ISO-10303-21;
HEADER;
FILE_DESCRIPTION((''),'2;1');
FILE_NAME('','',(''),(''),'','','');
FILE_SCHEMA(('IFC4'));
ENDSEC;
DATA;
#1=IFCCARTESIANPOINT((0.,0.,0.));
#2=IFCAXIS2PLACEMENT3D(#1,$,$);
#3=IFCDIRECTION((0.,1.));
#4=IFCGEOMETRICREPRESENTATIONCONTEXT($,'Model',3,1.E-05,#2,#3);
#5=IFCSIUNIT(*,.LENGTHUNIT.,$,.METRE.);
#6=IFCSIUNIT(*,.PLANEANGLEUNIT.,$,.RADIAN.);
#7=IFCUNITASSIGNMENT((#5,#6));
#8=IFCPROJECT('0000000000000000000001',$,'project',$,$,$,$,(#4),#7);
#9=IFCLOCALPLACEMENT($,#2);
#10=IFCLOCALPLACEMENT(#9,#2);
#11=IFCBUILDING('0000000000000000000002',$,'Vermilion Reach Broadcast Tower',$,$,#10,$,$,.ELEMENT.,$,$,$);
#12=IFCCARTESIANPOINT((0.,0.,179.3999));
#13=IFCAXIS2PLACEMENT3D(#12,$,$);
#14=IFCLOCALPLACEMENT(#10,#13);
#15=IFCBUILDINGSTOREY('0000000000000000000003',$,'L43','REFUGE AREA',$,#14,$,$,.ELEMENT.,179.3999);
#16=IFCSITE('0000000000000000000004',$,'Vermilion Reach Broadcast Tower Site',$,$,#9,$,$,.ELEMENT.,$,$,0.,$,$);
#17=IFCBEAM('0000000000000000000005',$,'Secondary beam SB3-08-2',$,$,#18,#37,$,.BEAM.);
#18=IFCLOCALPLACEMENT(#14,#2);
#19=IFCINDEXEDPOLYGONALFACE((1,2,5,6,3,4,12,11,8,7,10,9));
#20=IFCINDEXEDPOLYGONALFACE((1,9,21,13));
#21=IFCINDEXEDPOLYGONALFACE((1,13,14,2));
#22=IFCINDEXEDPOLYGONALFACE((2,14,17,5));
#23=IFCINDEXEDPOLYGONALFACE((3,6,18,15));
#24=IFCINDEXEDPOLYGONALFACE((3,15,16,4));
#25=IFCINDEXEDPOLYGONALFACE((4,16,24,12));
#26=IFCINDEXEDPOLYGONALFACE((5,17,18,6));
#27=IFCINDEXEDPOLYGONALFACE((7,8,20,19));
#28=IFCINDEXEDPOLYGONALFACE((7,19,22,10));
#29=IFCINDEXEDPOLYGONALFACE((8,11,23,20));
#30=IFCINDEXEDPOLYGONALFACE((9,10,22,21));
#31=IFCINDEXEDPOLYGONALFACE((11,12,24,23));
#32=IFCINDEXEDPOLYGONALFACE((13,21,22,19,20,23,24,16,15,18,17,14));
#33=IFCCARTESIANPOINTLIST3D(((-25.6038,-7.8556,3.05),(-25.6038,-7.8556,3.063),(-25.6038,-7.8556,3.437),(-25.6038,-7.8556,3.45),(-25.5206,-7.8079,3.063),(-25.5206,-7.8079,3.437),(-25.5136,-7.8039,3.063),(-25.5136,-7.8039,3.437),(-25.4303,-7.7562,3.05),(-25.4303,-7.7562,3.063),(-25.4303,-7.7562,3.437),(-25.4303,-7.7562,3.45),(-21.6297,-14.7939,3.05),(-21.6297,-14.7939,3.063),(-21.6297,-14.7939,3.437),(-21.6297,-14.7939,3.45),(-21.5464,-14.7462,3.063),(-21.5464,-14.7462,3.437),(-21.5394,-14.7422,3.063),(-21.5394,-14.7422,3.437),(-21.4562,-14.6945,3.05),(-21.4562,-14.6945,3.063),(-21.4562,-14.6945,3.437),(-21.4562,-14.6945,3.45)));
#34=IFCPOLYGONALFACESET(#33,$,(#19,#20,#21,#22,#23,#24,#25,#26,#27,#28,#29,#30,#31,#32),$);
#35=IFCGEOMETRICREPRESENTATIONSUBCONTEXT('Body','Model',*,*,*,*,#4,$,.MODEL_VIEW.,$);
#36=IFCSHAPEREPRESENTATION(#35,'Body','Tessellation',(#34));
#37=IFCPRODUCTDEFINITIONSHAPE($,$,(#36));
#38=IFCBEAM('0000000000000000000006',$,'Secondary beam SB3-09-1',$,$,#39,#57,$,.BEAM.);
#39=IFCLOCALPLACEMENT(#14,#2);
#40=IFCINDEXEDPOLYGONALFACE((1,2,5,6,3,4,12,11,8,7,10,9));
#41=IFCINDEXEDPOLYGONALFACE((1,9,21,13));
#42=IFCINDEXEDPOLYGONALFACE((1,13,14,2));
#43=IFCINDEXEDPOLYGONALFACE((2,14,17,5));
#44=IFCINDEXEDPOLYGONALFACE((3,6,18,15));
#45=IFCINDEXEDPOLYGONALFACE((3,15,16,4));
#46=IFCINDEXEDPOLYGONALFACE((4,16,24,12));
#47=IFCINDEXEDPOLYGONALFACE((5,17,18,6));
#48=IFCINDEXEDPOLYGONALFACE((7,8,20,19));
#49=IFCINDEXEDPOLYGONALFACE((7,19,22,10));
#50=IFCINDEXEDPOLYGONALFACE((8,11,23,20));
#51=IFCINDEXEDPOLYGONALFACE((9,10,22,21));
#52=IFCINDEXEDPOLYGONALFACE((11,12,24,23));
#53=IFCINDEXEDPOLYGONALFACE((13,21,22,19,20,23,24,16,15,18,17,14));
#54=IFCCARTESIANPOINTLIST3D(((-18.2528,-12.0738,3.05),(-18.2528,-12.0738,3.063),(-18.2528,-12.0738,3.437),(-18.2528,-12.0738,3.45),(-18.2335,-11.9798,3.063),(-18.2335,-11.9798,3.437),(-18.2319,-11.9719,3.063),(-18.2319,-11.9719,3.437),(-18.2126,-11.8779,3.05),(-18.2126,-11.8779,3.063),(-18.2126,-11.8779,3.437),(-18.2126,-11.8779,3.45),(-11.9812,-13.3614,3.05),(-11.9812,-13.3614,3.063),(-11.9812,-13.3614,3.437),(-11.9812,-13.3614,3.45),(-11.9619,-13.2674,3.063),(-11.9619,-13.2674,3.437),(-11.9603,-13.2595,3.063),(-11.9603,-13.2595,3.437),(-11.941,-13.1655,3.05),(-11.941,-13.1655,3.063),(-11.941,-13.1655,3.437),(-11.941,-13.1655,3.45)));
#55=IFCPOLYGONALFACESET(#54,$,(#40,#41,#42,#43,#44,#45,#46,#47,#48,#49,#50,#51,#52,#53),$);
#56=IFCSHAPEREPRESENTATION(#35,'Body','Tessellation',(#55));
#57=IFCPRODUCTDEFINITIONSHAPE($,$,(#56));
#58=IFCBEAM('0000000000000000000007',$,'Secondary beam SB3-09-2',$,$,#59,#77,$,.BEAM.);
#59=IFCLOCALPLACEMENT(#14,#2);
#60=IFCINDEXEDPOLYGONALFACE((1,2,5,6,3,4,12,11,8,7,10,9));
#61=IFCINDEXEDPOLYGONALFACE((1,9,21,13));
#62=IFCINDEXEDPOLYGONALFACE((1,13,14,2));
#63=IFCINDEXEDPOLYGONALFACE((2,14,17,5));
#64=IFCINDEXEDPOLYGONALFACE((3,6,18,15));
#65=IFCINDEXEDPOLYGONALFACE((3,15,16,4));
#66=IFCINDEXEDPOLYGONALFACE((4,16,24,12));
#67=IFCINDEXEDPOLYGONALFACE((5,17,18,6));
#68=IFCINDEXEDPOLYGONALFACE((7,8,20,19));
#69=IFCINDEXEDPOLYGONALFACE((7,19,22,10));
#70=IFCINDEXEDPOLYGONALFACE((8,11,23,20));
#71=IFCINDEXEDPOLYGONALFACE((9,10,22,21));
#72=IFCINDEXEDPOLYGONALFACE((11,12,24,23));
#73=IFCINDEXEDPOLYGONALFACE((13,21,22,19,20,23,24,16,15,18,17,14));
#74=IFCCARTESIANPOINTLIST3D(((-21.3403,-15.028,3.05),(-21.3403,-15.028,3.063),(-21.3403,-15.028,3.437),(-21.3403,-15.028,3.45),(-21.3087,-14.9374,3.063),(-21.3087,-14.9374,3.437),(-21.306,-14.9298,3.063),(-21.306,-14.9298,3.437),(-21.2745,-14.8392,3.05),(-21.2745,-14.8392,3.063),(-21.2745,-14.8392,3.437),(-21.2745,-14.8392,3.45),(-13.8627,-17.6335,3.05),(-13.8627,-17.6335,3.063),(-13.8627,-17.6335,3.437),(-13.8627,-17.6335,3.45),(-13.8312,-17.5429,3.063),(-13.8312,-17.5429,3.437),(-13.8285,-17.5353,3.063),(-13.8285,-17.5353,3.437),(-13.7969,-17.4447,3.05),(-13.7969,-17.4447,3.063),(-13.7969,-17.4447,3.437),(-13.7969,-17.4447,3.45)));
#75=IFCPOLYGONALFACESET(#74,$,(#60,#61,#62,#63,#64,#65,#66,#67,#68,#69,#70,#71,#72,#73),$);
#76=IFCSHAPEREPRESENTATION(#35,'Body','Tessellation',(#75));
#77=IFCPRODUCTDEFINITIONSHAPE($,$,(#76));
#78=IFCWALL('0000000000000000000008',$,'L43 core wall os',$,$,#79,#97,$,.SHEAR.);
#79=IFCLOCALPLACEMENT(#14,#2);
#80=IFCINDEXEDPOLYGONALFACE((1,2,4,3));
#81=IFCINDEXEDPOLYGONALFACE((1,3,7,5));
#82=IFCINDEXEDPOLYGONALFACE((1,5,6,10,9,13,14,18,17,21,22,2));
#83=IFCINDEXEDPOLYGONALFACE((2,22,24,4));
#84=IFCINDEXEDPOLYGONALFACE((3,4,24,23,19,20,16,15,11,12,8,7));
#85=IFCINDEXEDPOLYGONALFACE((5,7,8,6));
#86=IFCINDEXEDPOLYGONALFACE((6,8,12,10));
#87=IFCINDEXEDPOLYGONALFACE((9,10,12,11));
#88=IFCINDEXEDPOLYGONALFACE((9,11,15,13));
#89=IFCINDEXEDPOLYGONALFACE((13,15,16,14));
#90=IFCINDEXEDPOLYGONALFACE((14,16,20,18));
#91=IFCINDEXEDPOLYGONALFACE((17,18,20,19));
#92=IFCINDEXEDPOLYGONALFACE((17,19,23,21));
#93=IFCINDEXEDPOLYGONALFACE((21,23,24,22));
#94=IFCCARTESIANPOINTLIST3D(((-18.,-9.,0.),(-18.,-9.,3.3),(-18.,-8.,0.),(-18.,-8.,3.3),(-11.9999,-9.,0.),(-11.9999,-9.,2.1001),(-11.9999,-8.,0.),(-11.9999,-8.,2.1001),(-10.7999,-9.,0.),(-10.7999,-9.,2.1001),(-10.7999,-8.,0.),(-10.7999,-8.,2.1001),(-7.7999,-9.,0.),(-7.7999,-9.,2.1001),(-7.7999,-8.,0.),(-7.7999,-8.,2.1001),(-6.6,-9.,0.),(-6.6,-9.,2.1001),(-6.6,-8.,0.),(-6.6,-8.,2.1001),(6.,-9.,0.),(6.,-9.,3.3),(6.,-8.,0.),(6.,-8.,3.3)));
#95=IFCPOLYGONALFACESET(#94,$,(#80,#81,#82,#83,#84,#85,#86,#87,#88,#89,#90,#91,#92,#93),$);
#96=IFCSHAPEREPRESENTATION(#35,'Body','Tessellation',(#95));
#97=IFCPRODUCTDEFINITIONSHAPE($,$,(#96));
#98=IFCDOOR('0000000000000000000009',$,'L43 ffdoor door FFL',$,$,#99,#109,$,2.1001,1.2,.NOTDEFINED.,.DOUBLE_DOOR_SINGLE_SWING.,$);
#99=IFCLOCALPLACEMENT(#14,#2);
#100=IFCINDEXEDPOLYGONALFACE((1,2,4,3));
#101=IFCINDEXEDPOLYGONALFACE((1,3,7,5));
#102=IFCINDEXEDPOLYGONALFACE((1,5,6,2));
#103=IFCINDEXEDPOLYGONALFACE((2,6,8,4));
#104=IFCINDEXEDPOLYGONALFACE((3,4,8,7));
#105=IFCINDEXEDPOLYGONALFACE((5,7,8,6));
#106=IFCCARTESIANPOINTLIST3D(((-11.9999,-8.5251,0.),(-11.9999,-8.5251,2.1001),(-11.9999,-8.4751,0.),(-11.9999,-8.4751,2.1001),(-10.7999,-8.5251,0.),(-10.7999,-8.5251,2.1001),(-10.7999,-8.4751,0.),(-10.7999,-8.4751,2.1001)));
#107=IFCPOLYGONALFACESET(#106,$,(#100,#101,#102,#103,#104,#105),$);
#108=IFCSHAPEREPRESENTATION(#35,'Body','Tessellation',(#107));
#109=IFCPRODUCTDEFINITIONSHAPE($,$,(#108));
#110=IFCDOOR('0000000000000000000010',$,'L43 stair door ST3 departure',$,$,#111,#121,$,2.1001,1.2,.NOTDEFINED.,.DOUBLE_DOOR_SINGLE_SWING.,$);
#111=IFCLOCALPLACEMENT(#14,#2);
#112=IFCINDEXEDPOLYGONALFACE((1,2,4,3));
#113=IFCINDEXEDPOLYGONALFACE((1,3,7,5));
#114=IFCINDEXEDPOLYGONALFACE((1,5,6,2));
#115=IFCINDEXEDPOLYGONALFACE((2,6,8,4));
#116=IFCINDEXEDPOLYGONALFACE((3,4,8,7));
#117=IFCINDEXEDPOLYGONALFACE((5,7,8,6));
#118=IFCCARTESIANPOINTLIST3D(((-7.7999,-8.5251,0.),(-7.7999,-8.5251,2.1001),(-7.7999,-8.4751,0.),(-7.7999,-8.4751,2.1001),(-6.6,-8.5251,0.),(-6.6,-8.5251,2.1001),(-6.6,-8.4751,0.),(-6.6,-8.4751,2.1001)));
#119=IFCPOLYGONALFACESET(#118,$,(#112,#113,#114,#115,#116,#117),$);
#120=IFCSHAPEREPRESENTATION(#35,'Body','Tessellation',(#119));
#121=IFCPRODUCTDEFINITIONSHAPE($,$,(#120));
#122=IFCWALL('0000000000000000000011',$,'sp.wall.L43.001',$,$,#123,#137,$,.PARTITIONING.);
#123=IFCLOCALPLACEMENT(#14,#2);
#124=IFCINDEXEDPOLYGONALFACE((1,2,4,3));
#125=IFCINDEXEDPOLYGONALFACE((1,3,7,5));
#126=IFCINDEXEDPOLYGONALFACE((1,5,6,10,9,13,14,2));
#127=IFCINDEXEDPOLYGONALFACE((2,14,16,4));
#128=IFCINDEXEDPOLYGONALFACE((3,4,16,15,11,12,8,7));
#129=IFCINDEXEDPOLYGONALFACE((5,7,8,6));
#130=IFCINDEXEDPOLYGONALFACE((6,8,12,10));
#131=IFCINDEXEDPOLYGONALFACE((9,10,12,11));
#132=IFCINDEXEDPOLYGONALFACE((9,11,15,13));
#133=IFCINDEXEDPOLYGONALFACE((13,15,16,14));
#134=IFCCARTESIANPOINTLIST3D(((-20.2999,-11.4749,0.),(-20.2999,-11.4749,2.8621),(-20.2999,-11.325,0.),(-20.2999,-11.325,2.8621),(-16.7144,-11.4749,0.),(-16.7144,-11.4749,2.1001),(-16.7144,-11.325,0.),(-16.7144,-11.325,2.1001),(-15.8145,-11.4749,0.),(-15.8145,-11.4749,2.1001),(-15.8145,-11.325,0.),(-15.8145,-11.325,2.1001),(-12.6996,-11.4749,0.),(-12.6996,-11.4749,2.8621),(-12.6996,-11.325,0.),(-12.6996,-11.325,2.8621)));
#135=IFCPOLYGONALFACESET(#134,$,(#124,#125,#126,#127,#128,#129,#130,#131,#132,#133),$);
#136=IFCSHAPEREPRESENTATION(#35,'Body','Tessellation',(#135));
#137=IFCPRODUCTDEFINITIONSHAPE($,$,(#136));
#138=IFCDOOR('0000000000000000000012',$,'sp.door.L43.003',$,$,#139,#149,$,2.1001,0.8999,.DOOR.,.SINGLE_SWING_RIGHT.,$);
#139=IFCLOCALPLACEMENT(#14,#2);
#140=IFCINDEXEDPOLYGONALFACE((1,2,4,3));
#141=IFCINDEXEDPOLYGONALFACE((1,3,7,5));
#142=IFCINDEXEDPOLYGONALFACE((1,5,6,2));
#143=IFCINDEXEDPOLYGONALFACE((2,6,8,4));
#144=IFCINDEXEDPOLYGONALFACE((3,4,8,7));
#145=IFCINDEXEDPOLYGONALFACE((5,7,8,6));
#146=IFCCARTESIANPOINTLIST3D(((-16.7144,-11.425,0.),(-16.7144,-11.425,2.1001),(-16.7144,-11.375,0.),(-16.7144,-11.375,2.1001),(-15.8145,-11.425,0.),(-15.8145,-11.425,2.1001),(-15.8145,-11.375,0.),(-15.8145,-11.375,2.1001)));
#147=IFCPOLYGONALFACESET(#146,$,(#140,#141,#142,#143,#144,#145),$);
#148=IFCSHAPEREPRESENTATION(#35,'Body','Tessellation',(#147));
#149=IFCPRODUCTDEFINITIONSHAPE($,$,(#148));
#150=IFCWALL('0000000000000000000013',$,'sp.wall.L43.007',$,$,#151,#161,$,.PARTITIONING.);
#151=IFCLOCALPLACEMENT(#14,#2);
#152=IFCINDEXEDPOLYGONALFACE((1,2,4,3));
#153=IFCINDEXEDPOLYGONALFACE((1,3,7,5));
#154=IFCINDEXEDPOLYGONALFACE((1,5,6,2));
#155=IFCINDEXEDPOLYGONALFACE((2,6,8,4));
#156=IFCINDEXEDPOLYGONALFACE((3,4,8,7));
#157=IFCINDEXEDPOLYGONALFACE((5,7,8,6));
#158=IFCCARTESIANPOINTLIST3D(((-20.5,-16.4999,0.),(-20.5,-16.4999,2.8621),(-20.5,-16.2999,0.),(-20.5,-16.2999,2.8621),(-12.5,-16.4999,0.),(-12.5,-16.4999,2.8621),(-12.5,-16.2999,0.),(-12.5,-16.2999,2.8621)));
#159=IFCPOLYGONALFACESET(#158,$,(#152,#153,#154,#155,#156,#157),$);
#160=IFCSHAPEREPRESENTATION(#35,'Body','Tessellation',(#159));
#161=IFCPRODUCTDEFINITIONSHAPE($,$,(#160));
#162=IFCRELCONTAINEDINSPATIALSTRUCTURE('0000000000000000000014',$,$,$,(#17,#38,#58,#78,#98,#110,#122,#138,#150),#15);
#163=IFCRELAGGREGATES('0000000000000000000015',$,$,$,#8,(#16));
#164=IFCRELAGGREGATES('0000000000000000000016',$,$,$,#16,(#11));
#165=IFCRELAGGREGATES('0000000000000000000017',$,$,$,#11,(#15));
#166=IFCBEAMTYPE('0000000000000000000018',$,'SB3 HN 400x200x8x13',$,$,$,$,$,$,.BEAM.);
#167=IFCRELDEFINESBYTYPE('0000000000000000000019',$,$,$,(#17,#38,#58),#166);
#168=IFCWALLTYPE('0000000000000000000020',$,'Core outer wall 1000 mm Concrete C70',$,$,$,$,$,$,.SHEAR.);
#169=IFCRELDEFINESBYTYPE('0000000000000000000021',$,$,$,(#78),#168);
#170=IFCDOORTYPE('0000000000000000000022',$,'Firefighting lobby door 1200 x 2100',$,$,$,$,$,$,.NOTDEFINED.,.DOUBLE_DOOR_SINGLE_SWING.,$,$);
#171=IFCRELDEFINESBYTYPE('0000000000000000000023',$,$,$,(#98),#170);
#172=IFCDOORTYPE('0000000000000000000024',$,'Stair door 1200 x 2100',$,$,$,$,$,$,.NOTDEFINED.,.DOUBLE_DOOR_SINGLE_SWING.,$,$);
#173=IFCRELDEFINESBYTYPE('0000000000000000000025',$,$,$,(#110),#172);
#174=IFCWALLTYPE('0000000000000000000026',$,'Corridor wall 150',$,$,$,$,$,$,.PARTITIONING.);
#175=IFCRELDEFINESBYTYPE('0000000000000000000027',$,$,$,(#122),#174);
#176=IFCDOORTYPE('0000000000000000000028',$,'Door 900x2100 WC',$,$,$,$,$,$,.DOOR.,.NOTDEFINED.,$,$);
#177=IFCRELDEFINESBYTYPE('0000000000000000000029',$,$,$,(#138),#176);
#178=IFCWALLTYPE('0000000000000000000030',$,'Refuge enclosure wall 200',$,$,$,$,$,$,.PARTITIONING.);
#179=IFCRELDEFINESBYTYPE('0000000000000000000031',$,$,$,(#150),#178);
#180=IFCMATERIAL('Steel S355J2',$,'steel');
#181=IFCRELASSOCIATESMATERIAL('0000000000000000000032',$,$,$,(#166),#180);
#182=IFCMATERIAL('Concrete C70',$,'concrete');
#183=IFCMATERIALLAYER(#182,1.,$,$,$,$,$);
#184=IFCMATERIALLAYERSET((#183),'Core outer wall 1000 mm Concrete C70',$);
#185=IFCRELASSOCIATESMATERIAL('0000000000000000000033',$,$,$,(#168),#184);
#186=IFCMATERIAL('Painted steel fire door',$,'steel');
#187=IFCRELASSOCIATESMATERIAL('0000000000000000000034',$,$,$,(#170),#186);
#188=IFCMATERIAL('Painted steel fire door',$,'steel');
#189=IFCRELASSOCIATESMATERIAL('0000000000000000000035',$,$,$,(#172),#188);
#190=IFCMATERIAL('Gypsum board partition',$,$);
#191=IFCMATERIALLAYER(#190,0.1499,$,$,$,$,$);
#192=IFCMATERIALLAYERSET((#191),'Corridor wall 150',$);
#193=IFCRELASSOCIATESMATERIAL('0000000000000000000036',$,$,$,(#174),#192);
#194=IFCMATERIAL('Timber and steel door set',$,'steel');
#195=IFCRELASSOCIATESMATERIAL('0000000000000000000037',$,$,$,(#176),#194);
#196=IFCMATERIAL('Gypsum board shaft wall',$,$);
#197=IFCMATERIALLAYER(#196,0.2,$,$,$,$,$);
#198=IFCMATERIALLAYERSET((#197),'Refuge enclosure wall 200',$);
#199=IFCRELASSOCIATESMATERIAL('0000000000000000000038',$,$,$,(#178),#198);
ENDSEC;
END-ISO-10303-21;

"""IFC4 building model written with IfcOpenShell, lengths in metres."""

from ifc_helpers import new_model, si_unit, direction, frame, frame_2d, origin, origin_2d, place, context, subcontext, project, spatial, rectangle, i_section, extrude, material, layer, layer_set, material_profile, profile_set, type_object, element, fill, save


model = new_model("IFC4")

# Units and contexts
model_context = context("Model", 3, precision=1e-05, world=origin(), true_north=direction((0.0, 1.0)))
body_context = subcontext(model_context, "Body", "Model", "MODEL_VIEW")
ifc_project = project(units=[si_unit("LENGTHUNIT", "METRE"), si_unit("PLANEANGLEUNIT", "RADIAN")], contexts=[model_context])

# Site, building, storey
site_placement = place(None, origin())
site = spatial("IfcSite", under=ifc_project, at=site_placement, Name="Vermilion Reach Broadcast Tower Site", CompositionType="ELEMENT", RefElevation=0.0)
building_placement = place(site_placement, origin())
building = spatial("IfcBuilding", under=site, at=building_placement, Name="Vermilion Reach Broadcast Tower", CompositionType="ELEMENT")
storey_placement = place(building_placement, frame((0.0, 0.0, 179.3999)))
storey = spatial("IfcBuildingStorey", under=building, at=storey_placement, Name="L43", Description="REFUGE AREA", CompositionType="ELEMENT", Elevation=179.3999)

# Beams
ifc_material_1 = material(Name="Steel S355J2", Category="steel")
ifc_material_profile_1 = material_profile(ifc_material_1, i_section(OverallWidth=0.2, OverallDepth=0.3999, WebThickness=0.0081, FlangeThickness=0.0129, at=origin_2d()), Name="S355J2 HN 400x200x8x13")
ifc_profile_set_1 = profile_set([ifc_material_profile_1], Name="Steel S355J2")
beam_type_1 = type_object("IfcBeamType", Name="SB3 HN 400x200x8x13", PredefinedType="BEAM", material=ifc_profile_set_1)
beam_1_placement = place(storey_placement, frame((-25.5171, -7.8059, 3.25), z_axis=(0.497027, -0.867735, 0.0), x_axis=(0.867735, 0.497027, 0.0)))
element("IfcBeam", 1, at=beam_1_placement, inside=storey, type_object=beam_type_1, Name="Secondary beam SB3-08-2", PredefinedType="BEAM", context=body_context, shape_type="SweptSolid", body=[
    extrude(i_section(OverallWidth=0.2, OverallDepth=0.3999, WebThickness=0.0081, FlangeThickness=0.0129, at=origin_2d()), origin(), (0.0, 0.0, 1.0), 7.9958),
])
beam_2_placement = place(storey_placement, frame((-18.2327, -11.9758, 3.25), z_axis=(0.979568, -0.201115, 0.0), x_axis=(0.201115, 0.979568, 0.0)))
element("IfcBeam", 2, at=beam_2_placement, inside=storey, type_object=beam_type_1, Name="Secondary beam SB3-09-1", PredefinedType="BEAM", context=body_context, shape_type="SweptSolid", body=[
    extrude(i_section(OverallWidth=0.2, OverallDepth=0.3999, WebThickness=0.0081, FlangeThickness=0.0129, at=origin_2d()), origin(), (0.0, 0.0, 1.0), 6.4023),
])
beam_3_placement = place(storey_placement, frame((-21.3074, -14.9336, 3.25), z_axis=(0.944317, -0.329037, 0.0), x_axis=(0.329037, 0.944317, 0.0)))
element("IfcBeam", 3, at=beam_3_placement, inside=storey, type_object=beam_type_1, Name="Secondary beam SB3-09-2", PredefinedType="BEAM", context=body_context, shape_type="SweptSolid", body=[
    extrude(i_section(OverallWidth=0.2, OverallDepth=0.3999, WebThickness=0.0081, FlangeThickness=0.0129, at=origin_2d()), origin(), (0.0, 0.0, 1.0), 7.9185),
])

# Wall, openings, doors
ifc_material_2 = material(Name="Concrete C70", Category="concrete")
ifc_layer_1 = layer(ifc_material_2, 1.0)
ifc_layer_set_1 = layer_set([ifc_layer_1], Name="Core outer wall 1000 mm Concrete C70")
wall_type_1 = type_object("IfcWallType", Name="Core outer wall 1000 mm Concrete C70", PredefinedType="SHEAR", material=ifc_layer_set_1)
wall_1_placement = place(storey_placement, frame((-18.0, -8.5, 0.0), z_axis=(0.0, 0.0, 1.0), x_axis=(1.0, 0.0, 0.0)))
wall_1 = element("IfcWall", 4, at=wall_1_placement, inside=storey, type_object=wall_type_1, Name="L43 core wall os", PredefinedType="SHEAR", context=body_context, shape_type="SweptSolid", body=[
    extrude(rectangle(XDim=24.0, YDim=1.0, at=frame_2d((12.0, 0.0))), origin(), (0.0, 0.0, 1.0), 3.3),
])
opening_1_placement = place(wall_1_placement, frame((10.2, 0.0, 0.0)))
opening_1 = element("IfcOpeningElement", 5, at=opening_1_placement, cuts=wall_1, PredefinedType="OPENING", context=body_context, shape_type="SweptSolid", body=[
    extrude(rectangle(XDim=1.2, YDim=2.1001, at=frame_2d((0.6001, 1.05))), frame((0.0, 0.51, 0.0), z_axis=(0.0, -1.0, 0.0), x_axis=(1.0, 0.0, 0.0)), (0.0, 0.0, 1.0), 1.02),
])
opening_2_placement = place(wall_1_placement, frame((6.0, 0.0, 0.0)))
opening_2 = element("IfcOpeningElement", 6, at=opening_2_placement, cuts=wall_1, PredefinedType="OPENING", context=body_context, shape_type="SweptSolid", body=[
    extrude(rectangle(XDim=1.2, YDim=2.1001, at=frame_2d((0.6001, 1.05))), frame((0.0, 0.51, 0.0), z_axis=(0.0, -1.0, 0.0), x_axis=(1.0, 0.0, 0.0)), (0.0, 0.0, 1.0), 1.02),
])
ifc_material_3 = material(Name="Painted steel fire door", Category="steel")
door_type_1 = type_object("IfcDoorType", Name="Firefighting lobby door 1200 x 2100", OperationType="DOUBLE_DOOR_SINGLE_SWING", PredefinedType="NOTDEFINED", material=ifc_material_3)
door_1_placement = place(opening_2_placement, origin())
door_1 = element("IfcDoor", 7, at=door_1_placement, inside=storey, type_object=door_type_1, Name="L43 ffdoor door FFL", OperationType="DOUBLE_DOOR_SINGLE_SWING", OverallHeight=2.1001, OverallWidth=1.2, PredefinedType="NOTDEFINED", context=body_context, shape_type="SweptSolid", body=[
    extrude(rectangle(XDim=1.2, YDim=2.1001, at=frame_2d((0.6001, 1.05))), frame((0.0, 0.0249, 0.0), z_axis=(0.0, -1.0, 0.0), x_axis=(1.0, 0.0, 0.0)), (0.0, 0.0, 1.0), 0.05),
])
fill(opening_2, door_1)
ifc_material_4 = material(Name="Painted steel fire door", Category="steel")
door_type_2 = type_object("IfcDoorType", Name="Stair door 1200 x 2100", OperationType="DOUBLE_DOOR_SINGLE_SWING", PredefinedType="NOTDEFINED", material=ifc_material_4)
door_2_placement = place(opening_1_placement, origin())
door_2 = element("IfcDoor", 8, at=door_2_placement, inside=storey, type_object=door_type_2, Name="L43 stair door ST3 departure", OperationType="DOUBLE_DOOR_SINGLE_SWING", OverallHeight=2.1001, OverallWidth=1.2, PredefinedType="NOTDEFINED", context=body_context, shape_type="SweptSolid", body=[
    extrude(rectangle(XDim=1.2, YDim=2.1001, at=frame_2d((0.6001, 1.05))), frame((0.0, 0.0249, 0.0), z_axis=(0.0, -1.0, 0.0), x_axis=(1.0, 0.0, 0.0)), (0.0, 0.0, 1.0), 0.05),
])
fill(opening_1, door_2)

# Wall, opening, door
ifc_material_5 = material(Name="Gypsum board partition")
ifc_layer_2 = layer(ifc_material_5, 0.1499)
ifc_layer_set_2 = layer_set([ifc_layer_2], Name="Corridor wall 150")
wall_type_2 = type_object("IfcWallType", Name="Corridor wall 150", PredefinedType="PARTITIONING", material=ifc_layer_set_2)
wall_2_placement = place(storey_placement, frame((-20.3, -11.3999, 0.0), z_axis=(0.0, 0.0, 1.0), x_axis=(1.0, 0.0, 0.0)))
wall_2 = element("IfcWall", 9, at=wall_2_placement, inside=storey, type_object=wall_type_2, Name="sp.wall.L43.001", PredefinedType="PARTITIONING", context=body_context, shape_type="SweptSolid", body=[
    extrude(rectangle(XDim=7.6003, YDim=0.1499, at=frame_2d((3.8003, 0.0))), origin(), (0.0, 0.0, 1.0), 2.8621),
])
opening_3_placement = place(wall_2_placement, frame((3.5857, 0.0, 0.0)))
opening_3 = element("IfcOpeningElement", 10, at=opening_3_placement, cuts=wall_2, PredefinedType="OPENING", context=body_context, shape_type="SweptSolid", body=[
    extrude(rectangle(XDim=0.8999, YDim=2.1001, at=frame_2d((0.45, 1.05))), frame((0.0, 0.085, 0.0), z_axis=(0.0, -1.0, 0.0), x_axis=(1.0, 0.0, 0.0)), (0.0, 0.0, 1.0), 0.1699),
])
ifc_material_6 = material(Name="Timber and steel door set", Category="steel")
door_type_3 = type_object("IfcDoorType", Name="Door 900x2100 WC", OperationType="NOTDEFINED", PredefinedType="DOOR", material=ifc_material_6)
door_3_placement = place(opening_3_placement, origin())
door_3 = element("IfcDoor", 11, at=door_3_placement, inside=storey, type_object=door_type_3, Name="sp.door.L43.003", OperationType="SINGLE_SWING_RIGHT", OverallHeight=2.1001, OverallWidth=0.8999, PredefinedType="DOOR", context=body_context, shape_type="SweptSolid", body=[
    extrude(rectangle(XDim=0.8999, YDim=2.1001, at=frame_2d((0.45, 1.05))), frame((0.0, 0.0249, 0.0), z_axis=(0.0, -1.0, 0.0), x_axis=(1.0, 0.0, 0.0)), (0.0, 0.0, 1.0), 0.05),
])
fill(opening_3, door_3)

# Wall
ifc_material_7 = material(Name="Gypsum board shaft wall")
ifc_layer_3 = layer(ifc_material_7, 0.2)
ifc_layer_set_3 = layer_set([ifc_layer_3], Name="Refuge enclosure wall 200")
wall_type_3 = type_object("IfcWallType", Name="Refuge enclosure wall 200", PredefinedType="PARTITIONING", material=ifc_layer_set_3)
wall_3_placement = place(storey_placement, frame((-20.5, -16.3999, 0.0), z_axis=(0.0, 0.0, 1.0), x_axis=(1.0, 0.0, 0.0)))
element("IfcWall", 12, at=wall_3_placement, inside=storey, type_object=wall_type_3, Name="sp.wall.L43.007", PredefinedType="PARTITIONING", context=body_context, shape_type="SweptSolid", body=[
    extrude(rectangle(XDim=8.0, YDim=0.2, at=frame_2d((4.0, 0.0))), origin(), (0.0, 0.0, 1.0), 2.8621),
])

save(model, "model.ifc")
